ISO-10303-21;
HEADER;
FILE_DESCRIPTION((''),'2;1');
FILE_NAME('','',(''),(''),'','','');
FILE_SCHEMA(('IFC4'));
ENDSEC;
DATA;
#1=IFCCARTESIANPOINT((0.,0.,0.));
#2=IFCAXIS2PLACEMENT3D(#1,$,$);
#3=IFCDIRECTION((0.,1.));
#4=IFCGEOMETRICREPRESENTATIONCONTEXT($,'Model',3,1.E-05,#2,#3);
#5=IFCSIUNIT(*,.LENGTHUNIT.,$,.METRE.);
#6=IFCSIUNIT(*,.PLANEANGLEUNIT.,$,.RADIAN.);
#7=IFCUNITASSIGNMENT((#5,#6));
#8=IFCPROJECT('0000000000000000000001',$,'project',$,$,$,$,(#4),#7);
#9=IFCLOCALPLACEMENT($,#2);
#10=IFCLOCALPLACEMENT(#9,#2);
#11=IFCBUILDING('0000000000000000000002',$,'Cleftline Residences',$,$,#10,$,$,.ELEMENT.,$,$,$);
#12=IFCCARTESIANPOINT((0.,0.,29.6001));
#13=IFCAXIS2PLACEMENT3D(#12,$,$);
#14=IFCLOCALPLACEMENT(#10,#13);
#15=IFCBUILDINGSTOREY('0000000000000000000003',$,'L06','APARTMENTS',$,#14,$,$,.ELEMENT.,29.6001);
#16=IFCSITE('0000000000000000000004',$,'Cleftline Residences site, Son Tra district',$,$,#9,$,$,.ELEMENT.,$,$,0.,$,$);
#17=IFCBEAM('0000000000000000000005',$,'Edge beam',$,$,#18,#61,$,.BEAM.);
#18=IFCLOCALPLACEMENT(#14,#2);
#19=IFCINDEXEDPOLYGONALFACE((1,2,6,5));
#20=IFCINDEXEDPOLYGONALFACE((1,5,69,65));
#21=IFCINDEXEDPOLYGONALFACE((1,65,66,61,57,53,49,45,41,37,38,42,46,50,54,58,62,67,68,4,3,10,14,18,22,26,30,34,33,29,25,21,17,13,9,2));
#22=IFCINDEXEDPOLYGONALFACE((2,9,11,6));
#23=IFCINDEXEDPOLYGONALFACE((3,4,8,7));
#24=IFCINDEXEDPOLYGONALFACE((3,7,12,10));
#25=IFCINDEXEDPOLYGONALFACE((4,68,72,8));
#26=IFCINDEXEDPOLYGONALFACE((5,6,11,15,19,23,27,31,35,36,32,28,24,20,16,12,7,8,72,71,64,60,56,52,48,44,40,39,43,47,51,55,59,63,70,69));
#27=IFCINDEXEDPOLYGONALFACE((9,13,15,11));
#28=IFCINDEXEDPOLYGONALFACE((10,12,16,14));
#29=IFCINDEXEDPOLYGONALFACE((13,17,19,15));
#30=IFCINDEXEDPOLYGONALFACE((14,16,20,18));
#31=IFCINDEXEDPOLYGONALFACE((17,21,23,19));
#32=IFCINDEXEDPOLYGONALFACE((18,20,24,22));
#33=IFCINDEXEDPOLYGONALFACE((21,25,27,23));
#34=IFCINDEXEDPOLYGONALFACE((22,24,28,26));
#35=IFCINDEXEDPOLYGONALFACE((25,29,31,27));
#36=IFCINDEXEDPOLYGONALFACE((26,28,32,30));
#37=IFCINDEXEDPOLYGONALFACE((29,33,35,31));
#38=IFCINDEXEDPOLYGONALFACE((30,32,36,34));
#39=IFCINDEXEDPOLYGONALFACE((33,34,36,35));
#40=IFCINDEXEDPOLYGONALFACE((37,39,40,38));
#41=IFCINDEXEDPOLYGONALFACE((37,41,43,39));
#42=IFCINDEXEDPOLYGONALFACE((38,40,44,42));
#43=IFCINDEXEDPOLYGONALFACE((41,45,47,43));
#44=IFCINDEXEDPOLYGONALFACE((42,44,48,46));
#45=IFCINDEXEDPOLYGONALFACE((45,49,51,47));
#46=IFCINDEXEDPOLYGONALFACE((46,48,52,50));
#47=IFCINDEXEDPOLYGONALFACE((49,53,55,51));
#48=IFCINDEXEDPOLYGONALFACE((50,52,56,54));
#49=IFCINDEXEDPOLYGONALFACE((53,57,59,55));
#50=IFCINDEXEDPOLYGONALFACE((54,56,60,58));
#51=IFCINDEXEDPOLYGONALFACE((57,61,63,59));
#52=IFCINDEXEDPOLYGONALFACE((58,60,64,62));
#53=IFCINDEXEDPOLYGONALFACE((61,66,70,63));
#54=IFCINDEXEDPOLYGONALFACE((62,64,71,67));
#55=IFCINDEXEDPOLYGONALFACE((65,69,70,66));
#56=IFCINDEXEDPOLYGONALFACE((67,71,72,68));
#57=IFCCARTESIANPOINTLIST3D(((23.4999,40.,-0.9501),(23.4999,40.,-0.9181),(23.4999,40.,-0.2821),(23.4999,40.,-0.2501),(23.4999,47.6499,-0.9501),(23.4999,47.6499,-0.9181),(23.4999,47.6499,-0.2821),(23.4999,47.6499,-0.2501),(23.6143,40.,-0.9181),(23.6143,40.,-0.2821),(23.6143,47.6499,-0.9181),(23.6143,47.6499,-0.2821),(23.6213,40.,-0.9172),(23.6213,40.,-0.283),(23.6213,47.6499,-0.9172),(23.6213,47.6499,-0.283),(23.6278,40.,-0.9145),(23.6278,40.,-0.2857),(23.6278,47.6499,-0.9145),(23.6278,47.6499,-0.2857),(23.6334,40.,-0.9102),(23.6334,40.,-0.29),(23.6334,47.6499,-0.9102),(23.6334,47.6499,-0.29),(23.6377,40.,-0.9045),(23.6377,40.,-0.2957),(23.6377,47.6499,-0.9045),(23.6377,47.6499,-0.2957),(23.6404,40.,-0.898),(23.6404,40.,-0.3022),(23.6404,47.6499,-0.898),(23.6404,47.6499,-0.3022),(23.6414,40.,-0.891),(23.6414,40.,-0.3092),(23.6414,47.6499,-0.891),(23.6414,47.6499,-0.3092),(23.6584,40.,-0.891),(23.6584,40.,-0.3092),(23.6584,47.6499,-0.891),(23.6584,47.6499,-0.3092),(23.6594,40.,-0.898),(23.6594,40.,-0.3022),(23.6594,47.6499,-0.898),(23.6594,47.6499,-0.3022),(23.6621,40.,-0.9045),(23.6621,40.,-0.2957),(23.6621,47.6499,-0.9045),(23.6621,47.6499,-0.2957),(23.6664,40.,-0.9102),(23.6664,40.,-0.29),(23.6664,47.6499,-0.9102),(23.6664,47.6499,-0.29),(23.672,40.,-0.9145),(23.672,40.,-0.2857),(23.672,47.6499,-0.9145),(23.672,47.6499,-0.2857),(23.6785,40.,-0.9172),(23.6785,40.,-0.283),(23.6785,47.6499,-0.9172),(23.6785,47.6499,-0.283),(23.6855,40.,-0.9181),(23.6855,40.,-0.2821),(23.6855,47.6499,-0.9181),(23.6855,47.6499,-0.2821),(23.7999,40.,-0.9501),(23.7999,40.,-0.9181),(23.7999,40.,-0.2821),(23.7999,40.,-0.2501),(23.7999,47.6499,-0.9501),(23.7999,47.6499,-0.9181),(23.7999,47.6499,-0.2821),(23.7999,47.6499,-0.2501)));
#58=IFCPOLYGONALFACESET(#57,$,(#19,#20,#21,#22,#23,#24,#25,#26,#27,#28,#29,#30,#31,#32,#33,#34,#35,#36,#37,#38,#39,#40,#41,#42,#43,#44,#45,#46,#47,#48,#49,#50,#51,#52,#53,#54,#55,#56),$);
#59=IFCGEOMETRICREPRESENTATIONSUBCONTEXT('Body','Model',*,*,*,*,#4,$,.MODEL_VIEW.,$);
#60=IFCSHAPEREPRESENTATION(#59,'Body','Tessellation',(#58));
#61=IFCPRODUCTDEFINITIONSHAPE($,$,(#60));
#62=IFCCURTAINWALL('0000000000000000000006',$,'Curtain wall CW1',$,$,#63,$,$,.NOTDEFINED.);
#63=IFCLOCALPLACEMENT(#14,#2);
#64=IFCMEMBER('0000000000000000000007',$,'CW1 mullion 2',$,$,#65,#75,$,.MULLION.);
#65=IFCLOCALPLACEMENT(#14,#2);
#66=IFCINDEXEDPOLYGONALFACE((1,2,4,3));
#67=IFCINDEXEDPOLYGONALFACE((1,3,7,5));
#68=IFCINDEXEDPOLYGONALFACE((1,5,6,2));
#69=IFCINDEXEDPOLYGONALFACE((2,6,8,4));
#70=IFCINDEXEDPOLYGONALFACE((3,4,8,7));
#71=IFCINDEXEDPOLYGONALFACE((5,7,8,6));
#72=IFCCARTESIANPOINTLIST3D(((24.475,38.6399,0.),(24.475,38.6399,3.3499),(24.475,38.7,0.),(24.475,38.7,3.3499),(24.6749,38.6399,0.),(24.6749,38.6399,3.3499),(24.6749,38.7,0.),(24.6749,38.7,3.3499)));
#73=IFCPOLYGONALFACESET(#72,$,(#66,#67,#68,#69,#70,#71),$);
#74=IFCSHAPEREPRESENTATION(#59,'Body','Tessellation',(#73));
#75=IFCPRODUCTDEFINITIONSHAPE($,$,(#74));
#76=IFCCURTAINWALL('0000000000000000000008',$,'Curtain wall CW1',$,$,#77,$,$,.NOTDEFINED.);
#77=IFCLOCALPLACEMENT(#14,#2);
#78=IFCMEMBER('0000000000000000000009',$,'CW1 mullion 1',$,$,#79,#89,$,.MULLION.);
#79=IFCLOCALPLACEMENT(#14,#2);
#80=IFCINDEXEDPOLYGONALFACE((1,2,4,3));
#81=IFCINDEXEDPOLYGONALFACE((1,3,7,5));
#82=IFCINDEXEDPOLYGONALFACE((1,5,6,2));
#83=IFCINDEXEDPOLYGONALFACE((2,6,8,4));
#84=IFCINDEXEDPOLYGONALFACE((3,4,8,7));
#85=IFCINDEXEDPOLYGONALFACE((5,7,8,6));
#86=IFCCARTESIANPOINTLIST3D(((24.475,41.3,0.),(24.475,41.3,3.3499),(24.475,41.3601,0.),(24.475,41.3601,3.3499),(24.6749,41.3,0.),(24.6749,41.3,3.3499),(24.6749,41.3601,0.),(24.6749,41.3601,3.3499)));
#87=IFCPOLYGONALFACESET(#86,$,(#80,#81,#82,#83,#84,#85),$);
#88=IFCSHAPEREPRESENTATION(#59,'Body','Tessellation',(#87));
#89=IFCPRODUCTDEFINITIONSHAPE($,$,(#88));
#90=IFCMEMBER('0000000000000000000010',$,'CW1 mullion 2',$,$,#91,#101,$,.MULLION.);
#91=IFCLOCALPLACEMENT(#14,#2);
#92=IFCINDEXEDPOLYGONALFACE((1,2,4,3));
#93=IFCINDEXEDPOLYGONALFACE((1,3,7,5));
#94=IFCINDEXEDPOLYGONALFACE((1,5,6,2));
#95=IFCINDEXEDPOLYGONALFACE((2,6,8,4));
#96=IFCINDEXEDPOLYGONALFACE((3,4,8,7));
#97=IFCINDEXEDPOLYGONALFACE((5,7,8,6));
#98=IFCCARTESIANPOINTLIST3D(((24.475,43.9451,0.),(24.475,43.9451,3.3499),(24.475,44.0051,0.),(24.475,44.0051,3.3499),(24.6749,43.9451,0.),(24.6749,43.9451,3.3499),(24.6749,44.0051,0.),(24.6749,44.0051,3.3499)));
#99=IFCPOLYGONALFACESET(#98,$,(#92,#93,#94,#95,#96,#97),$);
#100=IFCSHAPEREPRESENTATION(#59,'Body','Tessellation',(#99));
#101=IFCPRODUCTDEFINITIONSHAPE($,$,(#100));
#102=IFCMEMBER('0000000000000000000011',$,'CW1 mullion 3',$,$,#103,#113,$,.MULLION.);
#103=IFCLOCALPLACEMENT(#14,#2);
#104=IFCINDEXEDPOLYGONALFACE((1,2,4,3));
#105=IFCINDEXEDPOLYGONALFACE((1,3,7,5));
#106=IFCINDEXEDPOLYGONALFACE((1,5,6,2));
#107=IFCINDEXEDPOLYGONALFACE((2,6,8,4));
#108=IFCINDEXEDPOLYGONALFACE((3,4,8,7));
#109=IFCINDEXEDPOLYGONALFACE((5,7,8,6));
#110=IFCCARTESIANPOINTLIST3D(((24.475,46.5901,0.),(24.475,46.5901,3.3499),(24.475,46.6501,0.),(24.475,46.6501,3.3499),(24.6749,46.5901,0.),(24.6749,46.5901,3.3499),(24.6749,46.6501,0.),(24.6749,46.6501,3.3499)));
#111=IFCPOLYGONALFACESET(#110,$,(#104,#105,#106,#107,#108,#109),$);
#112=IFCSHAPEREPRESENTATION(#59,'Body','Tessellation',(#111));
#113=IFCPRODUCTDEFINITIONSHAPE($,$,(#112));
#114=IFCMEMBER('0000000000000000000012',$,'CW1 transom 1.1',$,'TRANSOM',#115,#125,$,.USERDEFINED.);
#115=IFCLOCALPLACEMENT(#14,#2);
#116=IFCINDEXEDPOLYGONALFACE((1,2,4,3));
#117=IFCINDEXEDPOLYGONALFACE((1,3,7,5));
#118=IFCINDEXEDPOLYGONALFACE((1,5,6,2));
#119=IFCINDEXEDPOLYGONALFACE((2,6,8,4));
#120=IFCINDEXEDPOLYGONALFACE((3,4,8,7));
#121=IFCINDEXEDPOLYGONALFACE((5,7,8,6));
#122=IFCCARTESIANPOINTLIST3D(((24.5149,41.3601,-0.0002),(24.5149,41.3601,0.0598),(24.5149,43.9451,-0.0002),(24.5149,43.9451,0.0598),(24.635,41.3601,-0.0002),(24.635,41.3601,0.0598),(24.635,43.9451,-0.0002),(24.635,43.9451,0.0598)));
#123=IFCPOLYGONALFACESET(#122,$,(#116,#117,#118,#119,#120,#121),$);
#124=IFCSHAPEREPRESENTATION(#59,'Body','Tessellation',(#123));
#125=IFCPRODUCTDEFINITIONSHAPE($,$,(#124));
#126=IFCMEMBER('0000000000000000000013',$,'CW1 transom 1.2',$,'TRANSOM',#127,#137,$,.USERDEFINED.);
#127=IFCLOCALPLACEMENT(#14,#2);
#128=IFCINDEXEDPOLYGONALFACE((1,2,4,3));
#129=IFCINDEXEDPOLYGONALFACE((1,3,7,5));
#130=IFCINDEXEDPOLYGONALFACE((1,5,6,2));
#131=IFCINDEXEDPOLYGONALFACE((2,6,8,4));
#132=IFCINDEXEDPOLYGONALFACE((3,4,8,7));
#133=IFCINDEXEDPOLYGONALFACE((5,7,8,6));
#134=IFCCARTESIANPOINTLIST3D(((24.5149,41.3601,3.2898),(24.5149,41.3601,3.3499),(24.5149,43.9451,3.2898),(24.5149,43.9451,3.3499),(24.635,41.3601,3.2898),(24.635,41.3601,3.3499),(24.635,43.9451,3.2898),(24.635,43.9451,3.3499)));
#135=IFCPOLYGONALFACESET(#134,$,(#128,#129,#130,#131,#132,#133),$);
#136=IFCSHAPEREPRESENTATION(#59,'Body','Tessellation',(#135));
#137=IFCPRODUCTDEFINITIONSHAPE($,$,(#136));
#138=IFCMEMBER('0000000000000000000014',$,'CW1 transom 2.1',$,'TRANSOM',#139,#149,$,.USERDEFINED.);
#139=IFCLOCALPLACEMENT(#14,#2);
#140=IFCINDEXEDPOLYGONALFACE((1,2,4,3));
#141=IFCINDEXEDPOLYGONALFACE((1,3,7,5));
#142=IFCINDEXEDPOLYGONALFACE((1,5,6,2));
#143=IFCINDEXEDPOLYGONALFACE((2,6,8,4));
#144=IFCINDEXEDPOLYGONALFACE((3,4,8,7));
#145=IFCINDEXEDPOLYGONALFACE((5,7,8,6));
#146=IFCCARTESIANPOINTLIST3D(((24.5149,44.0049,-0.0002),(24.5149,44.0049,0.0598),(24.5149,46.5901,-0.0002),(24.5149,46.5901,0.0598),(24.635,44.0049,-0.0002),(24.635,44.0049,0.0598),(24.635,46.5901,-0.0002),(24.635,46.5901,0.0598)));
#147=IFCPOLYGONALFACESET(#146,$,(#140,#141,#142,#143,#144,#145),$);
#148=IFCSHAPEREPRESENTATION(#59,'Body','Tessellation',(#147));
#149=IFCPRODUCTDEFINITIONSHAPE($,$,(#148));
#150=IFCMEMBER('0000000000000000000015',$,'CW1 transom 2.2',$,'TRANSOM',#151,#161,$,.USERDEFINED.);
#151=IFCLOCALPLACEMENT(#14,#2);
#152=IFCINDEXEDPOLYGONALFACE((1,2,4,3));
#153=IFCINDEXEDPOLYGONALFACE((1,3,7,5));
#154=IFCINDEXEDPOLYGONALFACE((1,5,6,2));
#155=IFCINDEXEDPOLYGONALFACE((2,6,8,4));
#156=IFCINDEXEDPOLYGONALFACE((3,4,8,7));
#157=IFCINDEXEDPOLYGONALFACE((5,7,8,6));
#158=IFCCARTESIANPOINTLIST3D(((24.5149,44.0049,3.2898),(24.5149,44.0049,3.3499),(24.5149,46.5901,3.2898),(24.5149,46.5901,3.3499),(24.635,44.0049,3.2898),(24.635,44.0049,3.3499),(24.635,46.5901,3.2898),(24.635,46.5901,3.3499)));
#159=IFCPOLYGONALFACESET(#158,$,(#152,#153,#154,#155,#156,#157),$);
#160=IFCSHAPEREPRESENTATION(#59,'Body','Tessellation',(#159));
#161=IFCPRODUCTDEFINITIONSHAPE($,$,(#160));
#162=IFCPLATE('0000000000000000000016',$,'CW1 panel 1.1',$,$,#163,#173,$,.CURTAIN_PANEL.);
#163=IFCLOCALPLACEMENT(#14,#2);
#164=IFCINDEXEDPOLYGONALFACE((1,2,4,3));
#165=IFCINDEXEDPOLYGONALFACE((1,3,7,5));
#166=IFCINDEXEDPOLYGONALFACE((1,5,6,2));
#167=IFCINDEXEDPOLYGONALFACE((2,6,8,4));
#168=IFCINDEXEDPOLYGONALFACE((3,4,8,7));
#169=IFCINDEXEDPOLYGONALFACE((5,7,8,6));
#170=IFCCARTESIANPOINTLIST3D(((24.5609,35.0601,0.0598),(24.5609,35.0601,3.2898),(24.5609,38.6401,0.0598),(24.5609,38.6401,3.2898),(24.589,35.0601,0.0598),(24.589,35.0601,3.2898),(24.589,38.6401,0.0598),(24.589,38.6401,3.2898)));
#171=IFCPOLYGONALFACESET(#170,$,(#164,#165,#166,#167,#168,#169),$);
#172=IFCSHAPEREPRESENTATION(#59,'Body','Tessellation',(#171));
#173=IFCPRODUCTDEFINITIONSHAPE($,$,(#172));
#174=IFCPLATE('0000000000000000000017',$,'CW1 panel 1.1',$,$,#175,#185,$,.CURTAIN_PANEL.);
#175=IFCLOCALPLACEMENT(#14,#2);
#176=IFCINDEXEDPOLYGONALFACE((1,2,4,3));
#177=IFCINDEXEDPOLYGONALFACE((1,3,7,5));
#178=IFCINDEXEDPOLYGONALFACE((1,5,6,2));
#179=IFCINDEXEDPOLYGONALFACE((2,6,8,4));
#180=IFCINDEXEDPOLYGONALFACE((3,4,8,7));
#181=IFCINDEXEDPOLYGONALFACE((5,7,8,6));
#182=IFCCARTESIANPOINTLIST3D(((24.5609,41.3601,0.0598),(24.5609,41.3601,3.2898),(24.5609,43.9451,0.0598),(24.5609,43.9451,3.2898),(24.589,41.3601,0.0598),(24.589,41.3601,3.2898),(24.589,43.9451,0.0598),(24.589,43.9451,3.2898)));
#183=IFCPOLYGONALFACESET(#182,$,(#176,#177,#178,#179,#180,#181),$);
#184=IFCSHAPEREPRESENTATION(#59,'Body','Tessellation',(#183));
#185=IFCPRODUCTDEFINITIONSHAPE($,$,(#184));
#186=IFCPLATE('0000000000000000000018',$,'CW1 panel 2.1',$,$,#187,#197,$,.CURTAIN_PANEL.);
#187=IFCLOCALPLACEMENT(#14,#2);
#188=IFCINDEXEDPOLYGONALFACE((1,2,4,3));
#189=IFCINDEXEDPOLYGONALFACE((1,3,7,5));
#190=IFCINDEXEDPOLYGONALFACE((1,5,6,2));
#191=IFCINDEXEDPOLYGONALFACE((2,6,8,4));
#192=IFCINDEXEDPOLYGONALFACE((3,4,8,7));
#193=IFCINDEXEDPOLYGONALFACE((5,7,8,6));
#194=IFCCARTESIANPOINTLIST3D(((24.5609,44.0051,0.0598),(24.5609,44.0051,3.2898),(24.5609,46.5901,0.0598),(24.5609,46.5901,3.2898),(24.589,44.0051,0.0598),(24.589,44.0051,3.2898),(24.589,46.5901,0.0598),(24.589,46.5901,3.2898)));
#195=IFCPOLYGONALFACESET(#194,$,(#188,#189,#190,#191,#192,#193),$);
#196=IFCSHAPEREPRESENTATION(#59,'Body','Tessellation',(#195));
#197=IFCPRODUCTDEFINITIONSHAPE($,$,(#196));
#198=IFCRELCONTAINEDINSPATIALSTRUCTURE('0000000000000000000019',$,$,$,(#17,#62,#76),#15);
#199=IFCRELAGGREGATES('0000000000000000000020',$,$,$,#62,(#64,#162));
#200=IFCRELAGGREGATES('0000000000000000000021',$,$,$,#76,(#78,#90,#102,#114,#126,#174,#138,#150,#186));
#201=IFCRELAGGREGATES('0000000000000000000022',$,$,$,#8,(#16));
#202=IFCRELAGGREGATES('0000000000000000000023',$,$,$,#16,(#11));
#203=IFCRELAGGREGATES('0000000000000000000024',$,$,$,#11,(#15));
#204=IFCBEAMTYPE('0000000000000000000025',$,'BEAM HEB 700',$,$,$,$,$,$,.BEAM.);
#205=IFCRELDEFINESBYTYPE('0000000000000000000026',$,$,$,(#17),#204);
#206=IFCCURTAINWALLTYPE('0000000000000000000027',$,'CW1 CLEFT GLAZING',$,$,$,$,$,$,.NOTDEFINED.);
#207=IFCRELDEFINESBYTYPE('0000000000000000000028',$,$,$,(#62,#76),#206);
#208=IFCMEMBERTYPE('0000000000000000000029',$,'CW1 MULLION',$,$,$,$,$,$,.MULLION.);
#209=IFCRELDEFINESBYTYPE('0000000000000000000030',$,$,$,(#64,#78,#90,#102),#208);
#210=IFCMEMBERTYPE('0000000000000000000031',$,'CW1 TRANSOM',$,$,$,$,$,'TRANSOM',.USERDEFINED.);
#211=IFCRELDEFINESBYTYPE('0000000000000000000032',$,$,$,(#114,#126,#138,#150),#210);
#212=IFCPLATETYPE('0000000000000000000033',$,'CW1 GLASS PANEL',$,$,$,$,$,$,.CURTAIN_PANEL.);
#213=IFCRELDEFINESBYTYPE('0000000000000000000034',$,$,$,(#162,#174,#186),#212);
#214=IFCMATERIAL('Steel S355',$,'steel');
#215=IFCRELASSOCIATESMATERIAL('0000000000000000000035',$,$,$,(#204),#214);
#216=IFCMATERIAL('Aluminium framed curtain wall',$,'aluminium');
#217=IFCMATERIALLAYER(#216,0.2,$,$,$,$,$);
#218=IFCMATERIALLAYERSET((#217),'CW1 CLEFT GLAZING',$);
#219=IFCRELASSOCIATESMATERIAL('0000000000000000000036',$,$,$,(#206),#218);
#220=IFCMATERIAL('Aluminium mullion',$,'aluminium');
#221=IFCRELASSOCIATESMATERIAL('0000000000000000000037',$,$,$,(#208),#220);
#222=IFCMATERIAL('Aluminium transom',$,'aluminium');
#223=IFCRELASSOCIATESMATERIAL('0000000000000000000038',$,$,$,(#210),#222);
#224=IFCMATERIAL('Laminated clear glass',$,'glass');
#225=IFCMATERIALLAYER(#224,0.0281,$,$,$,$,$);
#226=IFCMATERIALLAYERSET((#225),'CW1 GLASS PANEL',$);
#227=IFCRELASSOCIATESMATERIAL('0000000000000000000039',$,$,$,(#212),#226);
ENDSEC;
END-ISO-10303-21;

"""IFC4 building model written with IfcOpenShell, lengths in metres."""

from ifc_helpers import new_model, si_unit, direction, frame, origin, origin_2d, place, context, subcontext, project, spatial, rectangle, i_section, extrude, material, layer, layer_set, material_profile, profile_set, type_object, element, aggregate, save


model = new_model("IFC4")

# Units and contexts
model_context = context("Model", 3, precision=1e-05, world=origin(), true_north=direction((0.0, 1.0)))
body_context = subcontext(model_context, "Body", "Model", "MODEL_VIEW")
ifc_project = project(units=[si_unit("LENGTHUNIT", "METRE"), si_unit("PLANEANGLEUNIT", "RADIAN")], contexts=[model_context])

# Site, building, storey
site_placement = place(None, origin())
site = spatial("IfcSite", under=ifc_project, at=site_placement, Name="Cleftline Residences site, Son Tra district", CompositionType="ELEMENT", RefElevation=0.0)
building_placement = place(site_placement, origin())
building = spatial("IfcBuilding", under=site, at=building_placement, Name="Cleftline Residences", CompositionType="ELEMENT")
storey_placement = place(building_placement, frame((0.0, 0.0, 29.6001)))
storey = spatial("IfcBuildingStorey", under=building, at=storey_placement, Name="L06", Description="APARTMENTS", CompositionType="ELEMENT", Elevation=29.6001)

# Beam
ifc_material_1 = material(Name="Steel S355", Category="steel")
ifc_material_profile_1 = material_profile(ifc_material_1, i_section(OverallWidth=0.3, OverallDepth=0.7, WebThickness=0.0171, FlangeThickness=0.032, FilletRadius=0.0271, at=origin_2d()))
ifc_profile_set_1 = profile_set([ifc_material_profile_1], Name="Steel S355")
beam_type = type_object("IfcBeamType", Name="BEAM HEB 700", PredefinedType="BEAM", material=ifc_profile_set_1)
beam_placement = place(storey_placement, frame((23.6499, 47.6499, -0.6001), z_axis=(0.0, -1.0, 0.0), x_axis=(1.0, 0.0, 0.0)))
element("IfcBeam", 1, at=beam_placement, inside=storey, type_object=beam_type, Name="Edge beam", PredefinedType="BEAM", context=body_context, shape_type="SweptSolid", body=[
    extrude(i_section(OverallWidth=0.3, OverallDepth=0.7, WebThickness=0.0171, FlangeThickness=0.032, FilletRadius=0.0271, at=origin_2d()), origin(), (0.0, 0.0, 1.0), 7.6499),
])

# Curtain wall, member
ifc_material_2 = material(Name="Aluminium framed curtain wall", Category="aluminium")
ifc_layer_1 = layer(ifc_material_2, 0.2)
ifc_layer_set_1 = layer_set([ifc_layer_1], Name="CW1 CLEFT GLAZING")
curtain_wall_type = type_object("IfcCurtainWallType", Name="CW1 CLEFT GLAZING", PredefinedType="NOTDEFINED", material=ifc_layer_set_1)
curtain_wall_1_placement = place(storey_placement, origin())
curtain_wall_1 = element("IfcCurtainWall", 2, at=curtain_wall_1_placement, inside=storey, type_object=curtain_wall_type, Name="Curtain wall CW1", PredefinedType="NOTDEFINED")
ifc_material_3 = material(Name="Aluminium mullion", Category="aluminium")
ifc_material_profile_2 = material_profile(ifc_material_3, rectangle(XDim=0.2, YDim=0.0601, at=origin_2d()))
ifc_profile_set_2 = profile_set([ifc_material_profile_2], Name="Aluminium mullion")
member_type_1 = type_object("IfcMemberType", Name="CW1 MULLION", PredefinedType="MULLION", material=ifc_profile_set_2)
member_1_placement = place(storey_placement, frame((24.575, 38.6699, 0.0), z_axis=(0.0, 0.0, 1.0), x_axis=(-1.0, 0.0, 0.0)))
member_1 = element("IfcMember", 3, at=member_1_placement, type_object=member_type_1, Name="CW1 mullion 2", PredefinedType="MULLION", context=body_context, shape_type="SweptSolid", body=[
    extrude(rectangle(XDim=0.2, YDim=0.0601, at=origin_2d()), origin(), (0.0, 0.0, 1.0), 3.3499),
])

# Curtain wall, members
curtain_wall_2_placement = place(storey_placement, origin())
curtain_wall_2 = element("IfcCurtainWall", 4, at=curtain_wall_2_placement, inside=storey, type_object=curtain_wall_type, Name="Curtain wall CW1", PredefinedType="NOTDEFINED")
member_2_placement = place(storey_placement, frame((24.575, 41.3301, 0.0), z_axis=(0.0, 0.0, 1.0), x_axis=(-1.0, 0.0, 0.0)))
member_2 = element("IfcMember", 5, at=member_2_placement, type_object=member_type_1, Name="CW1 mullion 1", PredefinedType="MULLION", context=body_context, shape_type="SweptSolid", body=[
    extrude(rectangle(XDim=0.2, YDim=0.0601, at=origin_2d()), origin(), (0.0, 0.0, 1.0), 3.3499),
])
member_3_placement = place(storey_placement, frame((24.575, 43.9751, 0.0), z_axis=(0.0, 0.0, 1.0), x_axis=(-1.0, 0.0, 0.0)))
member_3 = element("IfcMember", 6, at=member_3_placement, type_object=member_type_1, Name="CW1 mullion 2", PredefinedType="MULLION", context=body_context, shape_type="SweptSolid", body=[
    extrude(rectangle(XDim=0.2, YDim=0.0601, at=origin_2d()), origin(), (0.0, 0.0, 1.0), 3.3499),
])
member_4_placement = place(storey_placement, frame((24.575, 46.6201, 0.0), z_axis=(0.0, 0.0, 1.0), x_axis=(-1.0, 0.0, 0.0)))
member_4 = element("IfcMember", 7, at=member_4_placement, type_object=member_type_1, Name="CW1 mullion 3", PredefinedType="MULLION", context=body_context, shape_type="SweptSolid", body=[
    extrude(rectangle(XDim=0.2, YDim=0.0601, at=origin_2d()), origin(), (0.0, 0.0, 1.0), 3.3499),
])
ifc_material_4 = material(Name="Aluminium transom", Category="aluminium")
ifc_material_profile_3 = material_profile(ifc_material_4, rectangle(XDim=0.1201, YDim=0.0601, at=origin_2d()))
ifc_profile_set_3 = profile_set([ifc_material_profile_3], Name="Aluminium transom")
member_type_2 = type_object("IfcMemberType", Name="CW1 TRANSOM", ElementType="TRANSOM", PredefinedType="USERDEFINED", material=ifc_profile_set_3)
member_5_placement = place(storey_placement, frame((24.575, 41.3601, 0.0298), z_axis=(0.0, 1.0, 0.0), x_axis=(-1.0, 0.0, 0.0)))
member_5 = element("IfcMember", 8, at=member_5_placement, type_object=member_type_2, Name="CW1 transom 1.1", ObjectType="TRANSOM", PredefinedType="USERDEFINED", context=body_context, shape_type="SweptSolid", body=[
    extrude(rectangle(XDim=0.1201, YDim=0.0601, at=origin_2d()), origin(), (0.0, 0.0, 1.0), 2.585),
])
member_6_placement = place(storey_placement, frame((24.575, 41.3601, 3.3198), z_axis=(0.0, 1.0, 0.0), x_axis=(-1.0, 0.0, 0.0)))
member_6 = element("IfcMember", 9, at=member_6_placement, type_object=member_type_2, Name="CW1 transom 1.2", ObjectType="TRANSOM", PredefinedType="USERDEFINED", context=body_context, shape_type="SweptSolid", body=[
    extrude(rectangle(XDim=0.1201, YDim=0.0601, at=origin_2d()), origin(), (0.0, 0.0, 1.0), 2.585),
])
member_7_placement = place(storey_placement, frame((24.575, 44.0049, 0.0298), z_axis=(0.0, 1.0, 0.0), x_axis=(-1.0, 0.0, 0.0)))
member_7 = element("IfcMember", 10, at=member_7_placement, type_object=member_type_2, Name="CW1 transom 2.1", ObjectType="TRANSOM", PredefinedType="USERDEFINED", context=body_context, shape_type="SweptSolid", body=[
    extrude(rectangle(XDim=0.1201, YDim=0.0601, at=origin_2d()), origin(), (0.0, 0.0, 1.0), 2.5852),
])
member_8_placement = place(storey_placement, frame((24.575, 44.0049, 3.3198), z_axis=(0.0, 1.0, 0.0), x_axis=(-1.0, 0.0, 0.0)))
member_8 = element("IfcMember", 11, at=member_8_placement, type_object=member_type_2, Name="CW1 transom 2.2", ObjectType="TRANSOM", PredefinedType="USERDEFINED", context=body_context, shape_type="SweptSolid", body=[
    extrude(rectangle(XDim=0.1201, YDim=0.0601, at=origin_2d()), origin(), (0.0, 0.0, 1.0), 2.5852),
])

# Plates
ifc_material_5 = material(Name="Laminated clear glass", Category="glass")
ifc_layer_2 = layer(ifc_material_5, 0.0281)
ifc_layer_set_2 = layer_set([ifc_layer_2], Name="CW1 GLASS PANEL")
plate_type = type_object("IfcPlateType", Name="CW1 GLASS PANEL", PredefinedType="CURTAIN_PANEL", material=ifc_layer_set_2)
plate_1_placement = place(storey_placement, frame((24.575, 36.8501, 0.0598), z_axis=(0.0, 0.0, 1.0), x_axis=(0.0, 1.0, 0.0)))
plate_1 = element("IfcPlate", 12, at=plate_1_placement, type_object=plate_type, Name="CW1 panel 1.1", PredefinedType="CURTAIN_PANEL", context=body_context, shape_type="SweptSolid", body=[
    extrude(rectangle(XDim=3.5801, YDim=0.0281, at=origin_2d()), origin(), (0.0, 0.0, 1.0), 3.23),
])
aggregate(curtain_wall_1, [member_1, plate_1])
plate_2_placement = place(storey_placement, frame((24.575, 42.6526, 0.0598), z_axis=(0.0, 0.0, 1.0), x_axis=(0.0, 1.0, 0.0)))
plate_2 = element("IfcPlate", 13, at=plate_2_placement, type_object=plate_type, Name="CW1 panel 1.1", PredefinedType="CURTAIN_PANEL", context=body_context, shape_type="SweptSolid", body=[
    extrude(rectangle(XDim=2.585, YDim=0.0281, at=origin_2d()), origin(), (0.0, 0.0, 1.0), 3.23),
])
plate_3_placement = place(storey_placement, frame((24.575, 45.2976, 0.0598), z_axis=(0.0, 0.0, 1.0), x_axis=(0.0, 1.0, 0.0)))
plate_3 = element("IfcPlate", 14, at=plate_3_placement, type_object=plate_type, Name="CW1 panel 2.1", PredefinedType="CURTAIN_PANEL", context=body_context, shape_type="SweptSolid", body=[
    extrude(rectangle(XDim=2.585, YDim=0.0281, at=origin_2d()), origin(), (0.0, 0.0, 1.0), 3.23),
])
aggregate(curtain_wall_2, [member_2, member_3, member_4, member_5, member_6, plate_2, member_7, member_8, plate_3])

save(model, "model.ifc")
